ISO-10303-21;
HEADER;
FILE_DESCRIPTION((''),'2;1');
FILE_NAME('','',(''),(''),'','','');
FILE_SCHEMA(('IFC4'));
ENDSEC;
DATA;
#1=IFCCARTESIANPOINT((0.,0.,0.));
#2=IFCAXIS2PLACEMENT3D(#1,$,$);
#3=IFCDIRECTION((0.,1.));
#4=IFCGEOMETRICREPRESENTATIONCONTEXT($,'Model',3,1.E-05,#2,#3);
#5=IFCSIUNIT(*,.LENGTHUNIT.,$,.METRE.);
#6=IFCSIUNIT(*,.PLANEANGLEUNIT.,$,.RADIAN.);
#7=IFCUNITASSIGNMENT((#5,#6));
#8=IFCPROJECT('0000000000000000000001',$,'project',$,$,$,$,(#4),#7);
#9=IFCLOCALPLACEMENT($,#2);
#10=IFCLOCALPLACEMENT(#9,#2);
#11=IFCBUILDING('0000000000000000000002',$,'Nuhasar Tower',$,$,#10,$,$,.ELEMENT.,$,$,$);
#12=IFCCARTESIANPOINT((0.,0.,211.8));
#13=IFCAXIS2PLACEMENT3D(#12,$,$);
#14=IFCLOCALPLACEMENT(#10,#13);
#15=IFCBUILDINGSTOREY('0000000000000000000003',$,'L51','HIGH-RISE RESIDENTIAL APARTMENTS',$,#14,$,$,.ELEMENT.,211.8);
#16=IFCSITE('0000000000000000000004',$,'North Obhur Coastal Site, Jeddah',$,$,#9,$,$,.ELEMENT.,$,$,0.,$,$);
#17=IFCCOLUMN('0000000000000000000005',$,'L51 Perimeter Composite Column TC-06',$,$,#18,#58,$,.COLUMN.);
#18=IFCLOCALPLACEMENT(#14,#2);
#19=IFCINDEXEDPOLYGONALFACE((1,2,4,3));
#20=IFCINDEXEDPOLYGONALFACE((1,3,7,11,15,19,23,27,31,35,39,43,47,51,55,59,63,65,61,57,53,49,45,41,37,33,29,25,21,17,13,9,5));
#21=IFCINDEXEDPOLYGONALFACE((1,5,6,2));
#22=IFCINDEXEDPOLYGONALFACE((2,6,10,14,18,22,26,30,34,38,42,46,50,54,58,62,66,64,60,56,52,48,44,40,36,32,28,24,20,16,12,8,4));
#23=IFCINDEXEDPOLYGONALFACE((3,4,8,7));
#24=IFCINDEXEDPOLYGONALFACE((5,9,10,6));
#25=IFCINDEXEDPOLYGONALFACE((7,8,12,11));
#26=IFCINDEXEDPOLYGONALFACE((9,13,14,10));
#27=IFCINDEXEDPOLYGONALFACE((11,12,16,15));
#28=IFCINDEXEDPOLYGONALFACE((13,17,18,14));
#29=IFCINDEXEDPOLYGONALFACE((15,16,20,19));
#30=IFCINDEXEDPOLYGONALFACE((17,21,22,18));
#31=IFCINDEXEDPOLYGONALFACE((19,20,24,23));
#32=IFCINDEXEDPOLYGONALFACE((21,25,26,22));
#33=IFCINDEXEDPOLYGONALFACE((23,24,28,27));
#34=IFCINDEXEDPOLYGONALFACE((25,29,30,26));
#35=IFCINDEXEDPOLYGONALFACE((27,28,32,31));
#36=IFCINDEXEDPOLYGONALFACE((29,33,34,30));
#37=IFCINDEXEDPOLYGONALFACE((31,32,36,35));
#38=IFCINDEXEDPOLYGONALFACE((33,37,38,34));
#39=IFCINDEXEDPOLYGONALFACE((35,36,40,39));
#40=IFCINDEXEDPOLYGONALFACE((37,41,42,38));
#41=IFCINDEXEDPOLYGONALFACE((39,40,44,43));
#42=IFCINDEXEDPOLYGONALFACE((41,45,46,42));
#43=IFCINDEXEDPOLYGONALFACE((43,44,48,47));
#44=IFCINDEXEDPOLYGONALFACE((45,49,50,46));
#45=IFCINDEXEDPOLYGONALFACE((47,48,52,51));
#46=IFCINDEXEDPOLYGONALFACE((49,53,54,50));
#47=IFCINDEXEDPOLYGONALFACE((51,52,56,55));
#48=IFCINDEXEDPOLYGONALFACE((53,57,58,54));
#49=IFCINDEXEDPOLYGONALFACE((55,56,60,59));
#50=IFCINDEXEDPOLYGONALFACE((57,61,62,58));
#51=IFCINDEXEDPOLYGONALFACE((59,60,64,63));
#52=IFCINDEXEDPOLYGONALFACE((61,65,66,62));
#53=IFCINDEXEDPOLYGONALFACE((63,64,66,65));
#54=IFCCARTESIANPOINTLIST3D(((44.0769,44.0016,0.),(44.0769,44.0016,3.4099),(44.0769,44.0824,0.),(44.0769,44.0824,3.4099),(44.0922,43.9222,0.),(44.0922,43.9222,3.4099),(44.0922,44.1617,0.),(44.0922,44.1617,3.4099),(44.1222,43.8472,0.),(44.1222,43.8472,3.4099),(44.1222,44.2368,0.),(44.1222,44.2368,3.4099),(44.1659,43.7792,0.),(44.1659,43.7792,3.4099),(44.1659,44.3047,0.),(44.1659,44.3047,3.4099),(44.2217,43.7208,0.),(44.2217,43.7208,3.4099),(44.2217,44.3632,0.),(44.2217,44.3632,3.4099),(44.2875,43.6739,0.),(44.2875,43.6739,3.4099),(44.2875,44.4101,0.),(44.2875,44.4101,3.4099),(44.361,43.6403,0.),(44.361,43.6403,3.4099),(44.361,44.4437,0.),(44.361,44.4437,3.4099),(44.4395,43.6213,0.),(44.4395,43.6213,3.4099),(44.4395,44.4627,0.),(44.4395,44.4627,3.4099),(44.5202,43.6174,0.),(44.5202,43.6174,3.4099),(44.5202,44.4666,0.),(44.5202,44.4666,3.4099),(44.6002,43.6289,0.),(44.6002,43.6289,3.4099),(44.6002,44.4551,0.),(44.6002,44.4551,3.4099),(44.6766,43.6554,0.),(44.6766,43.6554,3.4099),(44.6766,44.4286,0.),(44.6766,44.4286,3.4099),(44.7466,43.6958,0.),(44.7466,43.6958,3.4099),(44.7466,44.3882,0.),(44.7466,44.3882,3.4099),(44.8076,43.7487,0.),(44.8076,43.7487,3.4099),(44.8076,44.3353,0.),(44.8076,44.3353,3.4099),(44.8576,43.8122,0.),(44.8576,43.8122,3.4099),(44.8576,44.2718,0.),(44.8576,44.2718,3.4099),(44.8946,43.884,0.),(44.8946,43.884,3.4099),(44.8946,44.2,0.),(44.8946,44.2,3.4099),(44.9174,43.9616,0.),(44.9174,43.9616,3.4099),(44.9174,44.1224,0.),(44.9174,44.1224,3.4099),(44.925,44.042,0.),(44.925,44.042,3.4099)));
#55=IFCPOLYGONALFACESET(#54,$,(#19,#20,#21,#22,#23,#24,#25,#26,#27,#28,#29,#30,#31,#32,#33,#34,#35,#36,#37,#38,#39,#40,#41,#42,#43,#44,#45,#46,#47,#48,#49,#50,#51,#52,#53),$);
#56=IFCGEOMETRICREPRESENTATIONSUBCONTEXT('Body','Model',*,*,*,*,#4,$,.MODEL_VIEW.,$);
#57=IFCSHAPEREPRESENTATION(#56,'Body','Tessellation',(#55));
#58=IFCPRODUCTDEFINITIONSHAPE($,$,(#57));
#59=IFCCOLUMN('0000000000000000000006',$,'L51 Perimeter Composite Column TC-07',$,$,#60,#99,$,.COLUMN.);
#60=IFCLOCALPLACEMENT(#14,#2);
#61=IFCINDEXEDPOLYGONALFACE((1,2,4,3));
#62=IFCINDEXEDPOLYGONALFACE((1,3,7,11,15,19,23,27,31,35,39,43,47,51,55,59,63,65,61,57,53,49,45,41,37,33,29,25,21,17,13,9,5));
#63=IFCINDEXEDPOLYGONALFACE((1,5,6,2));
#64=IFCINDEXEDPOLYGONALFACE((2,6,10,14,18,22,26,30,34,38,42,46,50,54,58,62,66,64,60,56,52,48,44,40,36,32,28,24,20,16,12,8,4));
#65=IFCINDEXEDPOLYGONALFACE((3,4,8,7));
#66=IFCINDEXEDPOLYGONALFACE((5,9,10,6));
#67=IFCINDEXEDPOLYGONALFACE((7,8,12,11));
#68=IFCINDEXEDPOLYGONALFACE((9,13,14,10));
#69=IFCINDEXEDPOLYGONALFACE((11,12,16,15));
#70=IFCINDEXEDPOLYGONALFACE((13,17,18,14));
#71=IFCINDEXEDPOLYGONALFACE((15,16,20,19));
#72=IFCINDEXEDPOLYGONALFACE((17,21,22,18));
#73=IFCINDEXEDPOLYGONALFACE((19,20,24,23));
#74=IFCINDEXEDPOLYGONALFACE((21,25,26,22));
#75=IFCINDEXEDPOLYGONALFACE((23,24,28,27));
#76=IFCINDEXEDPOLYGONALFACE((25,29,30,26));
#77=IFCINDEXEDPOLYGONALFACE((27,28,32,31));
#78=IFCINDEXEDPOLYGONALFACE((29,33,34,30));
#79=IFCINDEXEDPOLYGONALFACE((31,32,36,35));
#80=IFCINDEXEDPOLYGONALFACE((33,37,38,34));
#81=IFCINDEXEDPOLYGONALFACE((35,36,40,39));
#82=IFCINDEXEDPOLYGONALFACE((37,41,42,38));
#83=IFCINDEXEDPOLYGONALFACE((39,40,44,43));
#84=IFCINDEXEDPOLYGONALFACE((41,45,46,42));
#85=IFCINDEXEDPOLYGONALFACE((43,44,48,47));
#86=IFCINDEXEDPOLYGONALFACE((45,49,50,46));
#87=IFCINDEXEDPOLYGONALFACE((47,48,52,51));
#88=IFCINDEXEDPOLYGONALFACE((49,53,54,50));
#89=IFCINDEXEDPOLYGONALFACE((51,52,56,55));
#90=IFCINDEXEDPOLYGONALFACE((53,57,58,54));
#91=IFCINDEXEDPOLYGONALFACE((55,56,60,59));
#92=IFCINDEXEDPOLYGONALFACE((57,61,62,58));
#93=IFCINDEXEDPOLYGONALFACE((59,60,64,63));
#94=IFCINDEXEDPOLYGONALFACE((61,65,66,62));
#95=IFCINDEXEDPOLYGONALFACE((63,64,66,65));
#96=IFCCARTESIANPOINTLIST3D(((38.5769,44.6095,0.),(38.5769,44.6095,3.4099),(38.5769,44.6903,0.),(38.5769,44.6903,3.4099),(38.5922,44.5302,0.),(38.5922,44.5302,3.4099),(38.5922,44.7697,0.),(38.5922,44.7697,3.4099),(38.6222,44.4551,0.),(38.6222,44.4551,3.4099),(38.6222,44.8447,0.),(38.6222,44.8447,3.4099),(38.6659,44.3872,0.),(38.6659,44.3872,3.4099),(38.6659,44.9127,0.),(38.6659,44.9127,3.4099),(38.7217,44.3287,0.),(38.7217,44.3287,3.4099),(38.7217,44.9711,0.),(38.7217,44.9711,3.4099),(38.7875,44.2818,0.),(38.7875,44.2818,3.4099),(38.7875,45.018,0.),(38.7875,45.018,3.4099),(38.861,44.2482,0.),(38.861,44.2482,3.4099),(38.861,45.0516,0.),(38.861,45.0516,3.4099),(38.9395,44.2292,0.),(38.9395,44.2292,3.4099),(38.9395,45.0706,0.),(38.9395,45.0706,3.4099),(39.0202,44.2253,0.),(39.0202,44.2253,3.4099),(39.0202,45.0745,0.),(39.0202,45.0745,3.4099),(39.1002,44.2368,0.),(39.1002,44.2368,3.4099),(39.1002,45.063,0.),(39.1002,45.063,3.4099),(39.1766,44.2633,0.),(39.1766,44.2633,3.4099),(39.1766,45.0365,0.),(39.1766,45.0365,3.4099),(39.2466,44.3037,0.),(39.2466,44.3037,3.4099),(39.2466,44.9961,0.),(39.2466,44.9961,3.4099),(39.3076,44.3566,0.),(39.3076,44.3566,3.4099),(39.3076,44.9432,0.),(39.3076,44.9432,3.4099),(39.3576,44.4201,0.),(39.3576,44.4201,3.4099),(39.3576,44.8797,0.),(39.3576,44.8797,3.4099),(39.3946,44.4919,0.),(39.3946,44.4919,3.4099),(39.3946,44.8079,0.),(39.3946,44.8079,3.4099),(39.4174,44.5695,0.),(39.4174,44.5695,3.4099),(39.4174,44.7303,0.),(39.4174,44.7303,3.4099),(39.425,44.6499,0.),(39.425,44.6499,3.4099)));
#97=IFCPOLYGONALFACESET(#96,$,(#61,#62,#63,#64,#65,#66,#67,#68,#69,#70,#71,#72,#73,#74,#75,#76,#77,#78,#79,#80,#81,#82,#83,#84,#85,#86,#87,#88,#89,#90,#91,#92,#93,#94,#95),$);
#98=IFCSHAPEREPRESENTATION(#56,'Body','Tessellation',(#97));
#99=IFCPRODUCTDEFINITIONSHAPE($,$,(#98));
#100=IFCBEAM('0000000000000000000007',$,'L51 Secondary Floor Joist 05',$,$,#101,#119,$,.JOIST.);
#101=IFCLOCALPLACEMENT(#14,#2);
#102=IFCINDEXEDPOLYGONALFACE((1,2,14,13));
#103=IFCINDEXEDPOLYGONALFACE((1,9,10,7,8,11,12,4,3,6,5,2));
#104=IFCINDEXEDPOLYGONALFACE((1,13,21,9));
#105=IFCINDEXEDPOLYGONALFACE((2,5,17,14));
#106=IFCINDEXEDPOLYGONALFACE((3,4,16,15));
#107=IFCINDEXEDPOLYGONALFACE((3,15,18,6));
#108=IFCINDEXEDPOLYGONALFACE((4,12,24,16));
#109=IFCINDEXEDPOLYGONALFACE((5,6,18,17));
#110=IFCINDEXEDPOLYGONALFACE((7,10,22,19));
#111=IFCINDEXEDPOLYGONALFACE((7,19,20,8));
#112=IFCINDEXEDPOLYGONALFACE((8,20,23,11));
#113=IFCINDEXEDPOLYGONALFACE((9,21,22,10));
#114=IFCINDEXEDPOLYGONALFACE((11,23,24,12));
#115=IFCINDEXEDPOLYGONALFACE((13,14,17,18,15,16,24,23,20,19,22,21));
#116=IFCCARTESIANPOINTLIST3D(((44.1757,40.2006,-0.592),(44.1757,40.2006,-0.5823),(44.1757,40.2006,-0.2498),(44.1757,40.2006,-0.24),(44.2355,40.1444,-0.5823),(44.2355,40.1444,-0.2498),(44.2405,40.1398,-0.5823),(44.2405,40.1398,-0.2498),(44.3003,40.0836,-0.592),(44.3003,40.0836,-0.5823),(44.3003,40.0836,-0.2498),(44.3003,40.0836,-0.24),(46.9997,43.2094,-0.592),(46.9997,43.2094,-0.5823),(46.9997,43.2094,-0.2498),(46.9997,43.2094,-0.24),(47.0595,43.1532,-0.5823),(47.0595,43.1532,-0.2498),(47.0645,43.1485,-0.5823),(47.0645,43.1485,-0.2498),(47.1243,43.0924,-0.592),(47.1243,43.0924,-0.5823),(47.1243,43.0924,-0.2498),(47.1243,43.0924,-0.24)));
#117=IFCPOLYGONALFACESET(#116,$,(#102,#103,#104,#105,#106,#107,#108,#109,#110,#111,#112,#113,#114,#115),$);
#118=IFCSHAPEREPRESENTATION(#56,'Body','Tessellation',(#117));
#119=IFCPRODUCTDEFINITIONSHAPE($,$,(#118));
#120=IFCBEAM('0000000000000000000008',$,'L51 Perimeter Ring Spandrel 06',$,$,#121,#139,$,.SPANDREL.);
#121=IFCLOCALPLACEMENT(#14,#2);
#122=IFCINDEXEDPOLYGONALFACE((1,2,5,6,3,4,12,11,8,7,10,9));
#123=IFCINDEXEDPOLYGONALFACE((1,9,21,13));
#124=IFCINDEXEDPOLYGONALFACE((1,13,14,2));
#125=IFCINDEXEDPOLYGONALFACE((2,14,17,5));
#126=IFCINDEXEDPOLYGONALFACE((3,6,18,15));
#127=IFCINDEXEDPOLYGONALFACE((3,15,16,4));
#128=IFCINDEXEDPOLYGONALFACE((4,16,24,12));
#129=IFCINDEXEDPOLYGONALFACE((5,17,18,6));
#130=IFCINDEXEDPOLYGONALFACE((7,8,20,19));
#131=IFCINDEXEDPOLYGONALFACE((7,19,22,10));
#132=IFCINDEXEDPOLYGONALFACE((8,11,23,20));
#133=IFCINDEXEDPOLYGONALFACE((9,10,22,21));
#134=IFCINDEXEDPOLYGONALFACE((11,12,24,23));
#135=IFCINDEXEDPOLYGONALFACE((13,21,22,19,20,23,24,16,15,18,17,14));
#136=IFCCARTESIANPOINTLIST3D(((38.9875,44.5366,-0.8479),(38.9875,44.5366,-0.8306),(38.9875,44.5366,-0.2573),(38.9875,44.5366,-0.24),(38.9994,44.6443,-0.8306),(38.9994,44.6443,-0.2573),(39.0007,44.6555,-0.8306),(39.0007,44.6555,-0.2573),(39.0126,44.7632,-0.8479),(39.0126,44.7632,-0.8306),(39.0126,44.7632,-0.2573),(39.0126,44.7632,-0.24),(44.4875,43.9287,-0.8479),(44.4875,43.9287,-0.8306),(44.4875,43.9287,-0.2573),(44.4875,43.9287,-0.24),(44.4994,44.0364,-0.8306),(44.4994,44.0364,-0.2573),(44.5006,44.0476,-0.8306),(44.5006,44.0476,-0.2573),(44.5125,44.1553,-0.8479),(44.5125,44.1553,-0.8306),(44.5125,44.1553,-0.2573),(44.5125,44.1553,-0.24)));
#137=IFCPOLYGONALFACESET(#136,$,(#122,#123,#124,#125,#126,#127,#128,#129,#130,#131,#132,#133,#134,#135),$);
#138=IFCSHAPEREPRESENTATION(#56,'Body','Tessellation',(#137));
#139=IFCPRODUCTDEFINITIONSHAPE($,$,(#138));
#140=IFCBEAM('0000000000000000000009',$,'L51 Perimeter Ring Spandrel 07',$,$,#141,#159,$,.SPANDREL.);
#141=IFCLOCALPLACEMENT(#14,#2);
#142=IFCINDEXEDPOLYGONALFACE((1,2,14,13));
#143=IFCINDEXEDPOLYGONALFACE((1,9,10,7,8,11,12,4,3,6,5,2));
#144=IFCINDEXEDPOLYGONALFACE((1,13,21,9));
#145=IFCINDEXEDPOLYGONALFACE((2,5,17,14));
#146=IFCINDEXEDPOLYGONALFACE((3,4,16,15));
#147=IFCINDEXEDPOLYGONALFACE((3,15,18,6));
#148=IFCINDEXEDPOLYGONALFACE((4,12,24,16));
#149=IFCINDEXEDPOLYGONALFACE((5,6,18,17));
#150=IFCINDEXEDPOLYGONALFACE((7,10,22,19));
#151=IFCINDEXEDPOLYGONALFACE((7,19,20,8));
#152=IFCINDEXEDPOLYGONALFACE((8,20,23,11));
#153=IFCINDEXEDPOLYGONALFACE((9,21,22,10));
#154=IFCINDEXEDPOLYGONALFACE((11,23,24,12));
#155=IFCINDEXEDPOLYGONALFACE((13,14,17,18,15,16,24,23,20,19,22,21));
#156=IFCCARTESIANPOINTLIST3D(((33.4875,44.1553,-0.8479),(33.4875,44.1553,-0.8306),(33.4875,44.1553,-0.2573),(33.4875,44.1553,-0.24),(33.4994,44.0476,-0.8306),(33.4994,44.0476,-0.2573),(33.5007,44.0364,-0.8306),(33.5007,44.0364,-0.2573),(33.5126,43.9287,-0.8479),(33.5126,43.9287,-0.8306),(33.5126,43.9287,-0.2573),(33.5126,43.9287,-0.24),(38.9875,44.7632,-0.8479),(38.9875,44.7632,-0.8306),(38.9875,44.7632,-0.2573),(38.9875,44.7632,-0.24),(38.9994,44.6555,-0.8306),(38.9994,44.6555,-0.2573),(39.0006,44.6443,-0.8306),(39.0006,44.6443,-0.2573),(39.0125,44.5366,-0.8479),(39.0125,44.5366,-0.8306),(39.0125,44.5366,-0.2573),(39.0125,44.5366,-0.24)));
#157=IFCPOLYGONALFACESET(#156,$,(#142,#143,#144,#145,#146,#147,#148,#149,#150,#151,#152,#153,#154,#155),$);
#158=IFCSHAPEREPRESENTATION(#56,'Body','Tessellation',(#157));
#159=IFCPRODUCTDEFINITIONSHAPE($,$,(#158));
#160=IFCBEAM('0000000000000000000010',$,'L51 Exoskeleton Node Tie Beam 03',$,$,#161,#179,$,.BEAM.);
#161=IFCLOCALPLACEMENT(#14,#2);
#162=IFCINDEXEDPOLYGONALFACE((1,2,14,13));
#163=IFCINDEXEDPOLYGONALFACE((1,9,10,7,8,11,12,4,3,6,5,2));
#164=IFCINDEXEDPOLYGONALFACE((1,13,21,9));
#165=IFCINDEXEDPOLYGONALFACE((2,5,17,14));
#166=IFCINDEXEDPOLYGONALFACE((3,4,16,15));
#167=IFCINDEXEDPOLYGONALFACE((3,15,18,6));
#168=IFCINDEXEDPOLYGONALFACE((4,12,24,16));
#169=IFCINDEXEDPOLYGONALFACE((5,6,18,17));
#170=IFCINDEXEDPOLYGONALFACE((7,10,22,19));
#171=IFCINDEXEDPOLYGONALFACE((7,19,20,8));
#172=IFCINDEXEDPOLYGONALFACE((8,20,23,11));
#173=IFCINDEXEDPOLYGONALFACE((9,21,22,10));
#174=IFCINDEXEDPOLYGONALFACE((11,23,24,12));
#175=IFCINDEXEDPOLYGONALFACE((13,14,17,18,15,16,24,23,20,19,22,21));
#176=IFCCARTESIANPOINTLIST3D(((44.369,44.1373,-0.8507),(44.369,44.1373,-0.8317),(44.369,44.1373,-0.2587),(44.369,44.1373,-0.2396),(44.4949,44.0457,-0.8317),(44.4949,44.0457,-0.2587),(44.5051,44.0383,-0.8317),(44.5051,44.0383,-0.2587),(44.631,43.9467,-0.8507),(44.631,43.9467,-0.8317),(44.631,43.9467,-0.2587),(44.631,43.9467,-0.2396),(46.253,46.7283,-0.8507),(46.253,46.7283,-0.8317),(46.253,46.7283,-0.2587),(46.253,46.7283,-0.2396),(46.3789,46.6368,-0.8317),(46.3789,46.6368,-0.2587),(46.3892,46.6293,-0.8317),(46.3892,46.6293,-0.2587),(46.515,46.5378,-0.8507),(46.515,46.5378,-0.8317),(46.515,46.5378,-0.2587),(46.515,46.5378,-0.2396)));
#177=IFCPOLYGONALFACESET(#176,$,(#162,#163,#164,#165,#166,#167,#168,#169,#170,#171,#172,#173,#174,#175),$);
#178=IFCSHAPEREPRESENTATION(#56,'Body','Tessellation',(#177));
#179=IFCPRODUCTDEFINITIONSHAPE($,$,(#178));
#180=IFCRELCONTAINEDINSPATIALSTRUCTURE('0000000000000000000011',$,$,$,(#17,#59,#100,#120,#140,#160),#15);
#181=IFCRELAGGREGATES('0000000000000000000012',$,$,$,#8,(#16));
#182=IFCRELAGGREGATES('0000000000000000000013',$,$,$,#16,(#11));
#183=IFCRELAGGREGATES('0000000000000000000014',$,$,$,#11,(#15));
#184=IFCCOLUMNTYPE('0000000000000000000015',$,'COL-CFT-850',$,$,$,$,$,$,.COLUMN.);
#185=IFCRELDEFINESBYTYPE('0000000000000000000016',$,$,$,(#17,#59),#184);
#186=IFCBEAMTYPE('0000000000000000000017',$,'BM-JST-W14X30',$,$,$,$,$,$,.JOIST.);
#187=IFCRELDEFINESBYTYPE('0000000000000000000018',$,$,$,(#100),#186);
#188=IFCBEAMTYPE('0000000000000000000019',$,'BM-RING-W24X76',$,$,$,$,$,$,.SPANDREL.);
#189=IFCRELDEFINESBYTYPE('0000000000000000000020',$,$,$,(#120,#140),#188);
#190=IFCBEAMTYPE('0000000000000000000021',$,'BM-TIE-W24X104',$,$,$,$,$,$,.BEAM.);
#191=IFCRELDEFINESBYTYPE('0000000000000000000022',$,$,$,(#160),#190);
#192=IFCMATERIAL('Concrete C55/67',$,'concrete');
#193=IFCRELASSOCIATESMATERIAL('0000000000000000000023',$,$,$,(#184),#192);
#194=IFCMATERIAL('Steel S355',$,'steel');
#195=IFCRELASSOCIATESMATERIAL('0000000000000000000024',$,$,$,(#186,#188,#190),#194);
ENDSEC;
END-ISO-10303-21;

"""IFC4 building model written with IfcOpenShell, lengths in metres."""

from ifc_helpers import new_model, si_unit, direction, frame, origin, origin_2d, place, context, subcontext, project, spatial, circle, i_section, extrude, material, material_profile, profile_set, type_object, element, save


model = new_model("IFC4")

# Units and contexts
model_context = context("Model", 3, precision=1e-05, world=origin(), true_north=direction((0.0, 1.0)))
body_context = subcontext(model_context, "Body", "Model", "MODEL_VIEW")
ifc_project = project(units=[si_unit("LENGTHUNIT", "METRE"), si_unit("PLANEANGLEUNIT", "RADIAN")], contexts=[model_context])

# Site, building, storey
site_placement = place(None, origin())
site = spatial("IfcSite", under=ifc_project, at=site_placement, Name="North Obhur Coastal Site, Jeddah", CompositionType="ELEMENT", RefElevation=0.0)
building_placement = place(site_placement, origin())
building = spatial("IfcBuilding", under=site, at=building_placement, Name="Nuhasar Tower", CompositionType="ELEMENT")
storey_placement = place(building_placement, frame((0.0, 0.0, 211.8)))
storey = spatial("IfcBuildingStorey", under=building, at=storey_placement, Name="L51", Description="HIGH-RISE RESIDENTIAL APARTMENTS", CompositionType="ELEMENT", Elevation=211.8)

# Columns
ifc_material_1 = material(Name="Concrete C55/67", Category="concrete")
ifc_material_profile_1 = material_profile(ifc_material_1, circle(Radius=0.425, at=origin_2d()), Name="CFT850")
ifc_profile_set_1 = profile_set([ifc_material_profile_1], Name="Concrete C55/67")
column_type = type_object("IfcColumnType", Name="COL-CFT-850", PredefinedType="COLUMN", material=ifc_profile_set_1)
for number, where, z_axis, x_axis, name in (
    (1, (44.5, 44.042, 0.0), (0.0, 0.0, 1.0), (1.0, 0.0, 0.0), "L51 Perimeter Composite Column TC-06"),
    (2, (39.0, 44.6499, 0.0), (0.0, 0.0, 1.0), (1.0, 0.0, 0.0), "L51 Perimeter Composite Column TC-07"),
):
    element("IfcColumn", number, at=place(storey_placement, frame(where, z_axis=z_axis, x_axis=x_axis)), inside=storey, type_object=column_type, Name=name, PredefinedType="COLUMN", context=body_context, shape_type="SweptSolid", body=[
        extrude(circle(Radius=0.425, at=origin_2d()), origin(), (0.0, 0.0, 1.0), 3.4099),
    ])

# Beams
ifc_material_2 = material(Name="Steel S355", Category="steel")
ifc_material_profile_2 = material_profile(ifc_material_2, i_section(OverallWidth=0.1709, OverallDepth=0.3521, WebThickness=0.0068, FlangeThickness=0.0098, at=origin_2d()), Name="W14X30")
ifc_profile_set_2 = profile_set([ifc_material_profile_2], Name="Steel S355")
beam_type_1 = type_object("IfcBeamType", Name="BM-JST-W14X30", PredefinedType="JOIST", material=ifc_profile_set_2)
beam_1_placement = place(storey_placement, frame((44.238, 40.1421, -0.416), z_axis=(0.684358, 0.729146, 0.0), x_axis=(-0.729146, 0.684358, 0.0)))
element("IfcBeam", 3, at=beam_1_placement, inside=storey, type_object=beam_type_1, Name="L51 Secondary Floor Joist 05", PredefinedType="JOIST", context=body_context, shape_type="SweptSolid", body=[
    extrude(i_section(OverallWidth=0.1709, OverallDepth=0.3521, WebThickness=0.0068, FlangeThickness=0.0098, at=origin_2d()), origin(), (0.0, 0.0, 1.0), 4.1265),
])
ifc_material_profile_3 = material_profile(ifc_material_2, i_section(OverallWidth=0.228, OverallDepth=0.6079, WebThickness=0.0112, FlangeThickness=0.0173, at=origin_2d()), Name="W24X76")
ifc_profile_set_3 = profile_set([ifc_material_profile_3], Name="Steel S355")
beam_type_2 = type_object("IfcBeamType", Name="BM-RING-W24X76", PredefinedType="SPANDREL", material=ifc_profile_set_3)
for number, where, z_axis, x_axis, name in (
    (4, (44.5, 44.042, -0.5439), (-0.993947, 0.10986, 0.0), (-0.10986, -0.993947, 0.0), "L51 Perimeter Ring Spandrel 06"),
    (5, (39.0, 44.6499, -0.5439), (-0.993947, -0.10986, 0.0), (0.10986, -0.993947, 0.0), "L51 Perimeter Ring Spandrel 07"),
):
    element("IfcBeam", number, at=place(storey_placement, frame(where, z_axis=z_axis, x_axis=x_axis)), inside=storey, type_object=beam_type_2, Name=name, PredefinedType="SPANDREL", context=body_context, shape_type="SweptSolid", body=[
        extrude(i_section(OverallWidth=0.228, OverallDepth=0.6079, WebThickness=0.0112, FlangeThickness=0.0173, at=origin_2d()), origin(), (0.0, 0.0, 1.0), 5.5334),
    ])
ifc_material_profile_4 = material_profile(ifc_material_2, i_section(OverallWidth=0.324, OverallDepth=0.6111, WebThickness=0.0127, FlangeThickness=0.019, at=origin_2d()), Name="W24X104")
ifc_profile_set_4 = profile_set([ifc_material_profile_4], Name="Steel S355")
beam_type_3 = type_object("IfcBeamType", Name="BM-TIE-W24X104", PredefinedType="BEAM", material=ifc_profile_set_4)
beam_2_placement = place(storey_placement, frame((44.5, 44.042, -0.5452), z_axis=(0.588095, 0.808792, 0.0), x_axis=(-0.808792, 0.588095, 0.0)))
element("IfcBeam", 6, at=beam_2_placement, inside=storey, type_object=beam_type_3, Name="L51 Exoskeleton Node Tie Beam 03", PredefinedType="BEAM", context=body_context, shape_type="SweptSolid", body=[
    extrude(i_section(OverallWidth=0.324, OverallDepth=0.6111, WebThickness=0.0127, FlangeThickness=0.019, at=origin_2d()), origin(), (0.0, 0.0, 1.0), 3.2036),
])

save(model, "model.ifc")
